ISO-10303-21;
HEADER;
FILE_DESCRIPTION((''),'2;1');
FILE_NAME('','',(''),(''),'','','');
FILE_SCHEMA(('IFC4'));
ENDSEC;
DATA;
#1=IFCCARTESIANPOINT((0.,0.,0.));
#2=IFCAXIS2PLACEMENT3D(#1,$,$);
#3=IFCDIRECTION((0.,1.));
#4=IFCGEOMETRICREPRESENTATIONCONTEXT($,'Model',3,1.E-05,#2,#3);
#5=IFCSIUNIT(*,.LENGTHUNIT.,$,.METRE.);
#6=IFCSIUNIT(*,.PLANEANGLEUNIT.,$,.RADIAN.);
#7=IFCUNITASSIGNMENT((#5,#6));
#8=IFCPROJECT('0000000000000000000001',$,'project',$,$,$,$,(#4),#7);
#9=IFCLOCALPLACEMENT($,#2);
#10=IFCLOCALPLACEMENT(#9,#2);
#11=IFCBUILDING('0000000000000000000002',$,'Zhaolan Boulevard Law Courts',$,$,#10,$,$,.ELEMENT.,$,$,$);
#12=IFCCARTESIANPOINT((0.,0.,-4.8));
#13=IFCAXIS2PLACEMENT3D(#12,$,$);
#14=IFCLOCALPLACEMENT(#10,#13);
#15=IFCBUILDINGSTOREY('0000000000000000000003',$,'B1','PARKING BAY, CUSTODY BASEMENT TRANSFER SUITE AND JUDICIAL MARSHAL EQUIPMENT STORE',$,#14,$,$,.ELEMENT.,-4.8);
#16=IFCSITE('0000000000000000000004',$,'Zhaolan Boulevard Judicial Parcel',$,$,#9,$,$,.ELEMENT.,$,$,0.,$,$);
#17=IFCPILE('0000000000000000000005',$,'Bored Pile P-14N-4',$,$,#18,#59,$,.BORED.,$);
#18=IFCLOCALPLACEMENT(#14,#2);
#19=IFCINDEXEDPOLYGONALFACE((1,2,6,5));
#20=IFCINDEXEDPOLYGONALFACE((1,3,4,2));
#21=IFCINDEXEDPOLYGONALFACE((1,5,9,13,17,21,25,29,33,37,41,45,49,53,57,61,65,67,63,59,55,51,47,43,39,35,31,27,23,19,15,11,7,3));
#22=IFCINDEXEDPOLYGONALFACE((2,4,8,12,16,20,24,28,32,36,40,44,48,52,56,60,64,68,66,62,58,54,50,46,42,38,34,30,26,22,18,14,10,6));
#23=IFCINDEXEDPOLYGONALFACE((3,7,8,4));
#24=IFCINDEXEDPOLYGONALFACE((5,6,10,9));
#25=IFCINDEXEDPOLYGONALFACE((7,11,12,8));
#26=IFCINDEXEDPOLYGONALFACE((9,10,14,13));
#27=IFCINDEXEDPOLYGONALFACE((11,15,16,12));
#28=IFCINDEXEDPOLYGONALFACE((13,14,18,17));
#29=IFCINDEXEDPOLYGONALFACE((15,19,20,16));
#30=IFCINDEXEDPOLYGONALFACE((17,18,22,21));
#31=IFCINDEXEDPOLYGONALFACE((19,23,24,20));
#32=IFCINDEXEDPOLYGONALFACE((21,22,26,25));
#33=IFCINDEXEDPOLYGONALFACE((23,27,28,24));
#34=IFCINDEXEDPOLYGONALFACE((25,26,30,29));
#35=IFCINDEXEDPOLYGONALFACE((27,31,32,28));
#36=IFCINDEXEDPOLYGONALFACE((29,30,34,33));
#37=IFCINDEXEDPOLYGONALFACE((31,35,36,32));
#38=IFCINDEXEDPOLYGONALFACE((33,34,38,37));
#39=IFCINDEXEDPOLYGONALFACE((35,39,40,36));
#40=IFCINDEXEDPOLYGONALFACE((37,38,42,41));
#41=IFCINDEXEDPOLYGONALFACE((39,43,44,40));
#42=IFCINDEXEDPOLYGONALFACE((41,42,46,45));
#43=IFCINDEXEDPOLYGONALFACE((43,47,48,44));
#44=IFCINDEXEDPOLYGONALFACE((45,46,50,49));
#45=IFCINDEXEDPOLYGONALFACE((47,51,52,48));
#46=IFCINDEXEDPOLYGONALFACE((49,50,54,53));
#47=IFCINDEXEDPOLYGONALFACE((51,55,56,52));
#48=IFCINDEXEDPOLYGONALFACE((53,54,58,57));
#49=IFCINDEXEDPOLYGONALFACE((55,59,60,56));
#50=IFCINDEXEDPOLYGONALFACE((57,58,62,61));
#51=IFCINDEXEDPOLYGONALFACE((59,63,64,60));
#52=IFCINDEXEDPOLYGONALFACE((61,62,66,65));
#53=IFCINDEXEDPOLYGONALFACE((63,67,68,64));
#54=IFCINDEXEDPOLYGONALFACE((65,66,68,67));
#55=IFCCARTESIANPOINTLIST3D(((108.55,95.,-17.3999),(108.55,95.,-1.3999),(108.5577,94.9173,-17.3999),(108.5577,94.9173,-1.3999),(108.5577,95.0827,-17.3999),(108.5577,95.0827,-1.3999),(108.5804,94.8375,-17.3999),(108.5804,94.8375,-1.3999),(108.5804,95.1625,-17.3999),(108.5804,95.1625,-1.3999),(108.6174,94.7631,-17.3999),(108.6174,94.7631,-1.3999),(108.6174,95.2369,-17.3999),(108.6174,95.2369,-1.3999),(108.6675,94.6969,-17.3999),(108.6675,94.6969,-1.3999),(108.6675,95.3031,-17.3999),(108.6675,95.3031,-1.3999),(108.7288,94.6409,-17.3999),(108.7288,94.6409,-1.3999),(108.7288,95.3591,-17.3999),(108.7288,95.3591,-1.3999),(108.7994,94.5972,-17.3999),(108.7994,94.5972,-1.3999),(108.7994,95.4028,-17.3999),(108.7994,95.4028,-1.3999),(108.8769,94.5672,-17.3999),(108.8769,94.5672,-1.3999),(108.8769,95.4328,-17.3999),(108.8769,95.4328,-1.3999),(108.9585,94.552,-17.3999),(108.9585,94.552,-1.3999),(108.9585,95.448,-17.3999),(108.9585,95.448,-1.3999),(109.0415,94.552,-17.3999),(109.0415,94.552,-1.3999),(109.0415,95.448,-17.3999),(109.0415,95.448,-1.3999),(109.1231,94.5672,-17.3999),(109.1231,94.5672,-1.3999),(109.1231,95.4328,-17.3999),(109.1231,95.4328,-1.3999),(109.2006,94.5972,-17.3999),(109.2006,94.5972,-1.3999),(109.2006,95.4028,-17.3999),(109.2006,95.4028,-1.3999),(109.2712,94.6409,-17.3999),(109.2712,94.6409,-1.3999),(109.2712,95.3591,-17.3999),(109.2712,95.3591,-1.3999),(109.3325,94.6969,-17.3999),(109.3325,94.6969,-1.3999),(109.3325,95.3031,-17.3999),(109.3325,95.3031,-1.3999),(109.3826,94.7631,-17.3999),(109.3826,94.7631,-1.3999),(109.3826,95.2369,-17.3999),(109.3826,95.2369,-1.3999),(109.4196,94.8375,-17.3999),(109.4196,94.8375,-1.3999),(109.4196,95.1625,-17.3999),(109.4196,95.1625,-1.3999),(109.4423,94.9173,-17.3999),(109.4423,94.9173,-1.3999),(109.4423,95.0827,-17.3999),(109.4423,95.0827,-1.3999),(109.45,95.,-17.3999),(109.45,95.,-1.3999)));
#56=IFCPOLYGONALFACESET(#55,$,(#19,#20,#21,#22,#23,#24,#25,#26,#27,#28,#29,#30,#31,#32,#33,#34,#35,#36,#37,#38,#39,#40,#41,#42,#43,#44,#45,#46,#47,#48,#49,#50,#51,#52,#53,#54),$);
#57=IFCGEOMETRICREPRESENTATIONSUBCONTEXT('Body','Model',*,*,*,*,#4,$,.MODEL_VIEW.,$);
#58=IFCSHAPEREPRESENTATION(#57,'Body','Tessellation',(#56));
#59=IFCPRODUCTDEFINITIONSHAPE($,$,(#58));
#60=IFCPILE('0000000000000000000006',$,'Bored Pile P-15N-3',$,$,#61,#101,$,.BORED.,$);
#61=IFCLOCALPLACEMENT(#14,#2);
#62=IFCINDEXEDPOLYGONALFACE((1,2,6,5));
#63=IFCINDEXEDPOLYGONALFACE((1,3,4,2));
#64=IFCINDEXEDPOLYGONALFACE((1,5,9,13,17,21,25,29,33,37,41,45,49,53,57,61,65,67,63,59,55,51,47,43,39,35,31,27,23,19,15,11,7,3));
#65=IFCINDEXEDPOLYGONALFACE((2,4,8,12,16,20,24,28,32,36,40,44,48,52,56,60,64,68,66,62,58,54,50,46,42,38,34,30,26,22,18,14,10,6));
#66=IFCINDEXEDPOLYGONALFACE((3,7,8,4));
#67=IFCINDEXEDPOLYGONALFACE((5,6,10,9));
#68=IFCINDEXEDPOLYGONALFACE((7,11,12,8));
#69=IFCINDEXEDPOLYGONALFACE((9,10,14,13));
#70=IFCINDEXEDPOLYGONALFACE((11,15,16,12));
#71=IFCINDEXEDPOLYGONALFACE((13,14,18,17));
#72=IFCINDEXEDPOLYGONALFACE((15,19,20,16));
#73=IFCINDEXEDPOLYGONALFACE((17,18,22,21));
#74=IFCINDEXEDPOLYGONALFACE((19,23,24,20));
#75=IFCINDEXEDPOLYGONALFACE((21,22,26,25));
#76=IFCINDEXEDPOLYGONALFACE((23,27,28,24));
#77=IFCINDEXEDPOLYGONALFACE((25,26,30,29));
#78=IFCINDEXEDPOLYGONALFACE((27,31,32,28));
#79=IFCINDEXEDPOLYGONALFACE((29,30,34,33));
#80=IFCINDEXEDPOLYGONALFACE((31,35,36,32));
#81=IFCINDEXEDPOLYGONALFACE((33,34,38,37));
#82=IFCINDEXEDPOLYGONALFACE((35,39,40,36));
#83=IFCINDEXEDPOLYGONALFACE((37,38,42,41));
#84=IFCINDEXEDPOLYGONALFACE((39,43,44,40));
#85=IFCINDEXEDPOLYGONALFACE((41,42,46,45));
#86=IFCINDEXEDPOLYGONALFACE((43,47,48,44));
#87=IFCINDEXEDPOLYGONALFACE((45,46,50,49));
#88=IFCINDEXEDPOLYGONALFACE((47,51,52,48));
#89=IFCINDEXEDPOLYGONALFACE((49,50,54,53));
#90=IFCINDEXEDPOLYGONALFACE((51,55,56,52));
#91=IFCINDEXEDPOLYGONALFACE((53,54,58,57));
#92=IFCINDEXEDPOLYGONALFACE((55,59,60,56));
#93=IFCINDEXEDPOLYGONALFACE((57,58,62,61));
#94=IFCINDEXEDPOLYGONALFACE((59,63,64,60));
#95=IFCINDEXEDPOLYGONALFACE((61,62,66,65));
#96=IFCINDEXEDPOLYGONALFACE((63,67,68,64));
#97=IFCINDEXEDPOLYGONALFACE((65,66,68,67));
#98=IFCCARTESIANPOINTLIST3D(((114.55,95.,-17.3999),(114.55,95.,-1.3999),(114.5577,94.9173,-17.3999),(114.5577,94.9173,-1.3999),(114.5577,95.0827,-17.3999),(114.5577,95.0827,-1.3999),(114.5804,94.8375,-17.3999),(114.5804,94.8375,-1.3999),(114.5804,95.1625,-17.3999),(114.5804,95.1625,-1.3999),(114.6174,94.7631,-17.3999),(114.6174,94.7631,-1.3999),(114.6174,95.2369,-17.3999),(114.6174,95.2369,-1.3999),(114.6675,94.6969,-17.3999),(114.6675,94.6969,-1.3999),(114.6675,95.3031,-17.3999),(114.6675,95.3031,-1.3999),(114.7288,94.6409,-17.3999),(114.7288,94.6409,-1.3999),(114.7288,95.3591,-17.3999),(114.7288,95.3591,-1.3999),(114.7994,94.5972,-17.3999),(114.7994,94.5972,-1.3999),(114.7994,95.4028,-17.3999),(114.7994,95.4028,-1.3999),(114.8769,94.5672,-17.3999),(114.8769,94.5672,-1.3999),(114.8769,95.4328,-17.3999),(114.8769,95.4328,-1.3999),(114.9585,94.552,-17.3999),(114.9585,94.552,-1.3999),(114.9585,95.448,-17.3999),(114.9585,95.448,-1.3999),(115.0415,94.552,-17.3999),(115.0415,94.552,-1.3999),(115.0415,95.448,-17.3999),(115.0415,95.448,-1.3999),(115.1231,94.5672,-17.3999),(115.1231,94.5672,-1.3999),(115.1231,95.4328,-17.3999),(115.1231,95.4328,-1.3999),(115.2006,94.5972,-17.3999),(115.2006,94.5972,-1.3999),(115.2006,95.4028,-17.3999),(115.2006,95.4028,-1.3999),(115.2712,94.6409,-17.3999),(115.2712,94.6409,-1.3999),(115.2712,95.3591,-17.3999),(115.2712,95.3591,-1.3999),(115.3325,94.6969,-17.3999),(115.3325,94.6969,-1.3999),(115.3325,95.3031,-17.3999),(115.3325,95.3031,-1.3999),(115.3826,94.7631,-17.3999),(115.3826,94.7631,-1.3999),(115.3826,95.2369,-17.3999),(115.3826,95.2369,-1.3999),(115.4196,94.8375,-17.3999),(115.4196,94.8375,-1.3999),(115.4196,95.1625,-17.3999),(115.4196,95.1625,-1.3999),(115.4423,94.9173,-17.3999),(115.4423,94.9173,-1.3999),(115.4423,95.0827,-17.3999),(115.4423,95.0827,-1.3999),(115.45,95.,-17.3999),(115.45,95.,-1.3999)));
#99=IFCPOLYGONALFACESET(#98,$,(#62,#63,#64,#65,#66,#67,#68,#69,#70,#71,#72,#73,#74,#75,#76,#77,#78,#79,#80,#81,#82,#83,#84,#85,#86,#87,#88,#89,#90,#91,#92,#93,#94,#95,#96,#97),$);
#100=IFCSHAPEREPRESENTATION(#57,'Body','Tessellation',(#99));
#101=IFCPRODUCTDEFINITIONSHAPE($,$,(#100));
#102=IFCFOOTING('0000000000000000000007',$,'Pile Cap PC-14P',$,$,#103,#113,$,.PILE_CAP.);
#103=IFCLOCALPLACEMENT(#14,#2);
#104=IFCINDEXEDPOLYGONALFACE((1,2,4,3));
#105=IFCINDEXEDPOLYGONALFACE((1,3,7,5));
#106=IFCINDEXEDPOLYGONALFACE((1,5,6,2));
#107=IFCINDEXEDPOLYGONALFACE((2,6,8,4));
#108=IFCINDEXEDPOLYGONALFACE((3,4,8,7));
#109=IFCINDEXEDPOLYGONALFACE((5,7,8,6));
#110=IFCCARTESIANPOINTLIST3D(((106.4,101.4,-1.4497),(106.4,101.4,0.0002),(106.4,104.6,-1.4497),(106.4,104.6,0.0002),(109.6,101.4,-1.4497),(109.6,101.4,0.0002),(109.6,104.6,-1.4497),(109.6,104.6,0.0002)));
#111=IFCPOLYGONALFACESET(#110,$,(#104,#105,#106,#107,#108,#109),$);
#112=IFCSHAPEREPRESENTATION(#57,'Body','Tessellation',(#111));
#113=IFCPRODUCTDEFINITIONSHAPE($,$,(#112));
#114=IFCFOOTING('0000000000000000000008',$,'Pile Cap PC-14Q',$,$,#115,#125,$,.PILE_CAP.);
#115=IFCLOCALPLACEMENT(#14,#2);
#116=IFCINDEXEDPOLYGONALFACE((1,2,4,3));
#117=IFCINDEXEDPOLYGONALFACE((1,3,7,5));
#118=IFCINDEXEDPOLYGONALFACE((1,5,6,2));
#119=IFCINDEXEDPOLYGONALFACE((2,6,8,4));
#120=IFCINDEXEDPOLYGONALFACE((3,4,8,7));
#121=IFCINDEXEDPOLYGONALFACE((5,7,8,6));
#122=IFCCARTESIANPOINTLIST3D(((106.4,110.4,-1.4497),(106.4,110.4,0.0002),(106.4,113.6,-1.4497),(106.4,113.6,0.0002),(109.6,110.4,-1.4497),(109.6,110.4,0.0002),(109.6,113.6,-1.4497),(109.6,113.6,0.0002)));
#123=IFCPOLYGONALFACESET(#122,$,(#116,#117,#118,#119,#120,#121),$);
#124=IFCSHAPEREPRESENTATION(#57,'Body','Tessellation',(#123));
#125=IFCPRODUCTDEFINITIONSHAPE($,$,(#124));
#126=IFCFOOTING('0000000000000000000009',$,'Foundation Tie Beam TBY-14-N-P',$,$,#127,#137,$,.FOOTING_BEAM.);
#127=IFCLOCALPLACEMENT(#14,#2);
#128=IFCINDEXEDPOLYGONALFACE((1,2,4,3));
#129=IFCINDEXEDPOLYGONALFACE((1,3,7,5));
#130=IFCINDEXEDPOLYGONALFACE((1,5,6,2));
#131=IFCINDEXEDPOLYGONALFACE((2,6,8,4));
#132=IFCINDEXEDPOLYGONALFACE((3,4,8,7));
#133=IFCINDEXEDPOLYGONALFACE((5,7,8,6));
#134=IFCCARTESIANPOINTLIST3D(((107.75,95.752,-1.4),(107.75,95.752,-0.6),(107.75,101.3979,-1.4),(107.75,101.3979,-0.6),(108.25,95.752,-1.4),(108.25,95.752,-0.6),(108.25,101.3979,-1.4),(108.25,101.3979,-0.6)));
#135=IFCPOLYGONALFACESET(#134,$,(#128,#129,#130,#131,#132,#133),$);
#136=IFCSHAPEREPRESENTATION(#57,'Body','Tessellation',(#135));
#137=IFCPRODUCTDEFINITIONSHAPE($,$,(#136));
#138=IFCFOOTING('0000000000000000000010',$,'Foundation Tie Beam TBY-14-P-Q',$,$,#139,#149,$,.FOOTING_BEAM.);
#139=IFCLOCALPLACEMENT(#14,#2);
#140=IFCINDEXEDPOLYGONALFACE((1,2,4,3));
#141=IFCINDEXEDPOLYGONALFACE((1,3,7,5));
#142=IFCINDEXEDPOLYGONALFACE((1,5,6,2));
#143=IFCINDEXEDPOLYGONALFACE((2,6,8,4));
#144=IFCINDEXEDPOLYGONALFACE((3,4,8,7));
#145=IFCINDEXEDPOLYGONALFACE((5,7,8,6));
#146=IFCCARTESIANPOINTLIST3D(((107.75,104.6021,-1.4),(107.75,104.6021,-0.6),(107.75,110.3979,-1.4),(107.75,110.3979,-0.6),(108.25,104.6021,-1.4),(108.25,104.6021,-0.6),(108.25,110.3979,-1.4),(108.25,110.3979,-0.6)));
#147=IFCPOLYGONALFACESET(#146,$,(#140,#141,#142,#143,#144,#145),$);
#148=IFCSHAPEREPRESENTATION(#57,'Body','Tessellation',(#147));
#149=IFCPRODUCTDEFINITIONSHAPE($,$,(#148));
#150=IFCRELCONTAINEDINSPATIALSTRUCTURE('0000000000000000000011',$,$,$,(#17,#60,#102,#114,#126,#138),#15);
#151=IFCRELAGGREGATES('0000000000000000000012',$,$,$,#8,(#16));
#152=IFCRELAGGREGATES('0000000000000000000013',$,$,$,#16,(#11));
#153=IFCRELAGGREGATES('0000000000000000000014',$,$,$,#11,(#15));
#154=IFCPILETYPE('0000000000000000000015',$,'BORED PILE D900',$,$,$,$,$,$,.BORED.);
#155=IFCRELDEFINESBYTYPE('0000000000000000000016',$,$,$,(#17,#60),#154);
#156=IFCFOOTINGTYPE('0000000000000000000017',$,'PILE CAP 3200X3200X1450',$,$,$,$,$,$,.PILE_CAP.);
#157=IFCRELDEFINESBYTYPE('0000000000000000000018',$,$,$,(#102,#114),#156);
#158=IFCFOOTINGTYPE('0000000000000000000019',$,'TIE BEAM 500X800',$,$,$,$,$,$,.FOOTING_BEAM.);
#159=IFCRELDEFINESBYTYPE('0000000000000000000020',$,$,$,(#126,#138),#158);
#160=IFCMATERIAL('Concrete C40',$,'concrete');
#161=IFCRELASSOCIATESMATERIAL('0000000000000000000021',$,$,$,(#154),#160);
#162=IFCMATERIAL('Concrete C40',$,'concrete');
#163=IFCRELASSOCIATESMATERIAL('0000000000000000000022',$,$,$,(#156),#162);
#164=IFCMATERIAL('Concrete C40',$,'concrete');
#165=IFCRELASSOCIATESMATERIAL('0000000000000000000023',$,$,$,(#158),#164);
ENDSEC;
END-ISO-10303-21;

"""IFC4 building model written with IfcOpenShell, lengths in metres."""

from ifc_helpers import new_model, si_unit, direction, frame, origin, origin_2d, place, context, subcontext, project, spatial, rectangle, circle, extrude, material, material_profile, profile_set, type_object, element, save


model = new_model("IFC4")

# Units and contexts
model_context = context("Model", 3, precision=1e-05, world=origin(), true_north=direction((0.0, 1.0)))
body_context = subcontext(model_context, "Body", "Model", "MODEL_VIEW")
ifc_project = project(units=[si_unit("LENGTHUNIT", "METRE"), si_unit("PLANEANGLEUNIT", "RADIAN")], contexts=[model_context])

# Site, building, storey
site_placement = place(None, origin())
site = spatial("IfcSite", under=ifc_project, at=site_placement, Name="Zhaolan Boulevard Judicial Parcel", CompositionType="ELEMENT", RefElevation=0.0)
building_placement = place(site_placement, origin())
building = spatial("IfcBuilding", under=site, at=building_placement, Name="Zhaolan Boulevard Law Courts", CompositionType="ELEMENT")
storey_placement = place(building_placement, frame((0.0, 0.0, -4.8)))
storey = spatial("IfcBuildingStorey", under=building, at=storey_placement, Name="B1", Description="PARKING BAY, CUSTODY BASEMENT TRANSFER SUITE AND JUDICIAL MARSHAL EQUIPMENT STORE", CompositionType="ELEMENT", Elevation=-4.8)

# Piles
ifc_material_1 = material(Name="Concrete C40", Category="concrete")
ifc_material_profile_1 = material_profile(ifc_material_1, circle(Radius=0.45, at=origin_2d()), Name="PILE-D900")
ifc_profile_set_1 = profile_set([ifc_material_profile_1], Name="Concrete C40")
pile_type_1 = type_object("IfcPileType", Name="BORED PILE D900", PredefinedType="BORED", material=ifc_profile_set_1)
for number, where, z_axis, x_axis, name in (
    (1, (109.0, 95.0, -1.3999), (0.0, 0.0, -1.0), (1.0, 0.0, 0.0), "Bored Pile P-14N-4"),
    (2, (115.0, 95.0, -1.3999), (0.0, 0.0, -1.0), (1.0, 0.0, 0.0), "Bored Pile P-15N-3"),
):
    element("IfcPile", number, at=place(storey_placement, frame(where, z_axis=z_axis, x_axis=x_axis)), inside=storey, type_object=pile_type_1, Name=name, PredefinedType="BORED", context=body_context, shape_type="SweptSolid", body=[
        extrude(circle(Radius=0.45, at=origin_2d()), origin(), (0.0, 0.0, 1.0), 16.0),
    ])

# Footings
ifc_material_2 = material(Name="Concrete C40", Category="concrete")
footing_type_1 = type_object("IfcFootingType", Name="PILE CAP 3200X3200X1450", PredefinedType="PILE_CAP", material=ifc_material_2)
for number, where, z_axis, x_axis, name in (
    (3, (108.0, 103.0, -1.4497), (0.0, 0.0, 1.0), (1.0, 0.0, 0.0), "Pile Cap PC-14P"),
    (4, (108.0, 112.0, -1.4497), (0.0, 0.0, 1.0), (1.0, 0.0, 0.0), "Pile Cap PC-14Q"),
):
    element("IfcFooting", number, at=place(storey_placement, frame(where, z_axis=z_axis, x_axis=x_axis)), inside=storey, type_object=footing_type_1, Name=name, PredefinedType="PILE_CAP", context=body_context, shape_type="SweptSolid", body=[
        extrude(rectangle(XDim=3.2, YDim=3.2, at=origin_2d()), origin(), (0.0, 0.0, 1.0), 1.45),
    ])
ifc_material_3 = material(Name="Concrete C40", Category="concrete")
ifc_material_profile_2 = material_profile(ifc_material_3, rectangle(XDim=0.5, YDim=0.8, at=origin_2d()), Name="RC500x800")
ifc_profile_set_2 = profile_set([ifc_material_profile_2], Name="Concrete C40")
footing_type_2 = type_object("IfcFootingType", Name="TIE BEAM 500X800", PredefinedType="FOOTING_BEAM", material=ifc_profile_set_2)
footing_1_placement = place(storey_placement, frame((108.0, 95.752, -1.0), z_axis=(0.0, 1.0, 0.0), x_axis=(-1.0, 0.0, 0.0)))
element("IfcFooting", 5, at=footing_1_placement, inside=storey, type_object=footing_type_2, Name="Foundation Tie Beam TBY-14-N-P", PredefinedType="FOOTING_BEAM", context=body_context, shape_type="SweptSolid", body=[
    extrude(rectangle(XDim=0.5, YDim=0.8, at=origin_2d()), origin(), (0.0, 0.0, 1.0), 5.646),
])
footing_2_placement = place(storey_placement, frame((108.0, 104.6021, -1.0), z_axis=(0.0, 1.0, 0.0), x_axis=(-1.0, 0.0, 0.0)))
element("IfcFooting", 6, at=footing_2_placement, inside=storey, type_object=footing_type_2, Name="Foundation Tie Beam TBY-14-P-Q", PredefinedType="FOOTING_BEAM", context=body_context, shape_type="SweptSolid", body=[
    extrude(rectangle(XDim=0.5, YDim=0.8, at=origin_2d()), origin(), (0.0, 0.0, 1.0), 5.7959),
])

save(model, "model.ifc")
